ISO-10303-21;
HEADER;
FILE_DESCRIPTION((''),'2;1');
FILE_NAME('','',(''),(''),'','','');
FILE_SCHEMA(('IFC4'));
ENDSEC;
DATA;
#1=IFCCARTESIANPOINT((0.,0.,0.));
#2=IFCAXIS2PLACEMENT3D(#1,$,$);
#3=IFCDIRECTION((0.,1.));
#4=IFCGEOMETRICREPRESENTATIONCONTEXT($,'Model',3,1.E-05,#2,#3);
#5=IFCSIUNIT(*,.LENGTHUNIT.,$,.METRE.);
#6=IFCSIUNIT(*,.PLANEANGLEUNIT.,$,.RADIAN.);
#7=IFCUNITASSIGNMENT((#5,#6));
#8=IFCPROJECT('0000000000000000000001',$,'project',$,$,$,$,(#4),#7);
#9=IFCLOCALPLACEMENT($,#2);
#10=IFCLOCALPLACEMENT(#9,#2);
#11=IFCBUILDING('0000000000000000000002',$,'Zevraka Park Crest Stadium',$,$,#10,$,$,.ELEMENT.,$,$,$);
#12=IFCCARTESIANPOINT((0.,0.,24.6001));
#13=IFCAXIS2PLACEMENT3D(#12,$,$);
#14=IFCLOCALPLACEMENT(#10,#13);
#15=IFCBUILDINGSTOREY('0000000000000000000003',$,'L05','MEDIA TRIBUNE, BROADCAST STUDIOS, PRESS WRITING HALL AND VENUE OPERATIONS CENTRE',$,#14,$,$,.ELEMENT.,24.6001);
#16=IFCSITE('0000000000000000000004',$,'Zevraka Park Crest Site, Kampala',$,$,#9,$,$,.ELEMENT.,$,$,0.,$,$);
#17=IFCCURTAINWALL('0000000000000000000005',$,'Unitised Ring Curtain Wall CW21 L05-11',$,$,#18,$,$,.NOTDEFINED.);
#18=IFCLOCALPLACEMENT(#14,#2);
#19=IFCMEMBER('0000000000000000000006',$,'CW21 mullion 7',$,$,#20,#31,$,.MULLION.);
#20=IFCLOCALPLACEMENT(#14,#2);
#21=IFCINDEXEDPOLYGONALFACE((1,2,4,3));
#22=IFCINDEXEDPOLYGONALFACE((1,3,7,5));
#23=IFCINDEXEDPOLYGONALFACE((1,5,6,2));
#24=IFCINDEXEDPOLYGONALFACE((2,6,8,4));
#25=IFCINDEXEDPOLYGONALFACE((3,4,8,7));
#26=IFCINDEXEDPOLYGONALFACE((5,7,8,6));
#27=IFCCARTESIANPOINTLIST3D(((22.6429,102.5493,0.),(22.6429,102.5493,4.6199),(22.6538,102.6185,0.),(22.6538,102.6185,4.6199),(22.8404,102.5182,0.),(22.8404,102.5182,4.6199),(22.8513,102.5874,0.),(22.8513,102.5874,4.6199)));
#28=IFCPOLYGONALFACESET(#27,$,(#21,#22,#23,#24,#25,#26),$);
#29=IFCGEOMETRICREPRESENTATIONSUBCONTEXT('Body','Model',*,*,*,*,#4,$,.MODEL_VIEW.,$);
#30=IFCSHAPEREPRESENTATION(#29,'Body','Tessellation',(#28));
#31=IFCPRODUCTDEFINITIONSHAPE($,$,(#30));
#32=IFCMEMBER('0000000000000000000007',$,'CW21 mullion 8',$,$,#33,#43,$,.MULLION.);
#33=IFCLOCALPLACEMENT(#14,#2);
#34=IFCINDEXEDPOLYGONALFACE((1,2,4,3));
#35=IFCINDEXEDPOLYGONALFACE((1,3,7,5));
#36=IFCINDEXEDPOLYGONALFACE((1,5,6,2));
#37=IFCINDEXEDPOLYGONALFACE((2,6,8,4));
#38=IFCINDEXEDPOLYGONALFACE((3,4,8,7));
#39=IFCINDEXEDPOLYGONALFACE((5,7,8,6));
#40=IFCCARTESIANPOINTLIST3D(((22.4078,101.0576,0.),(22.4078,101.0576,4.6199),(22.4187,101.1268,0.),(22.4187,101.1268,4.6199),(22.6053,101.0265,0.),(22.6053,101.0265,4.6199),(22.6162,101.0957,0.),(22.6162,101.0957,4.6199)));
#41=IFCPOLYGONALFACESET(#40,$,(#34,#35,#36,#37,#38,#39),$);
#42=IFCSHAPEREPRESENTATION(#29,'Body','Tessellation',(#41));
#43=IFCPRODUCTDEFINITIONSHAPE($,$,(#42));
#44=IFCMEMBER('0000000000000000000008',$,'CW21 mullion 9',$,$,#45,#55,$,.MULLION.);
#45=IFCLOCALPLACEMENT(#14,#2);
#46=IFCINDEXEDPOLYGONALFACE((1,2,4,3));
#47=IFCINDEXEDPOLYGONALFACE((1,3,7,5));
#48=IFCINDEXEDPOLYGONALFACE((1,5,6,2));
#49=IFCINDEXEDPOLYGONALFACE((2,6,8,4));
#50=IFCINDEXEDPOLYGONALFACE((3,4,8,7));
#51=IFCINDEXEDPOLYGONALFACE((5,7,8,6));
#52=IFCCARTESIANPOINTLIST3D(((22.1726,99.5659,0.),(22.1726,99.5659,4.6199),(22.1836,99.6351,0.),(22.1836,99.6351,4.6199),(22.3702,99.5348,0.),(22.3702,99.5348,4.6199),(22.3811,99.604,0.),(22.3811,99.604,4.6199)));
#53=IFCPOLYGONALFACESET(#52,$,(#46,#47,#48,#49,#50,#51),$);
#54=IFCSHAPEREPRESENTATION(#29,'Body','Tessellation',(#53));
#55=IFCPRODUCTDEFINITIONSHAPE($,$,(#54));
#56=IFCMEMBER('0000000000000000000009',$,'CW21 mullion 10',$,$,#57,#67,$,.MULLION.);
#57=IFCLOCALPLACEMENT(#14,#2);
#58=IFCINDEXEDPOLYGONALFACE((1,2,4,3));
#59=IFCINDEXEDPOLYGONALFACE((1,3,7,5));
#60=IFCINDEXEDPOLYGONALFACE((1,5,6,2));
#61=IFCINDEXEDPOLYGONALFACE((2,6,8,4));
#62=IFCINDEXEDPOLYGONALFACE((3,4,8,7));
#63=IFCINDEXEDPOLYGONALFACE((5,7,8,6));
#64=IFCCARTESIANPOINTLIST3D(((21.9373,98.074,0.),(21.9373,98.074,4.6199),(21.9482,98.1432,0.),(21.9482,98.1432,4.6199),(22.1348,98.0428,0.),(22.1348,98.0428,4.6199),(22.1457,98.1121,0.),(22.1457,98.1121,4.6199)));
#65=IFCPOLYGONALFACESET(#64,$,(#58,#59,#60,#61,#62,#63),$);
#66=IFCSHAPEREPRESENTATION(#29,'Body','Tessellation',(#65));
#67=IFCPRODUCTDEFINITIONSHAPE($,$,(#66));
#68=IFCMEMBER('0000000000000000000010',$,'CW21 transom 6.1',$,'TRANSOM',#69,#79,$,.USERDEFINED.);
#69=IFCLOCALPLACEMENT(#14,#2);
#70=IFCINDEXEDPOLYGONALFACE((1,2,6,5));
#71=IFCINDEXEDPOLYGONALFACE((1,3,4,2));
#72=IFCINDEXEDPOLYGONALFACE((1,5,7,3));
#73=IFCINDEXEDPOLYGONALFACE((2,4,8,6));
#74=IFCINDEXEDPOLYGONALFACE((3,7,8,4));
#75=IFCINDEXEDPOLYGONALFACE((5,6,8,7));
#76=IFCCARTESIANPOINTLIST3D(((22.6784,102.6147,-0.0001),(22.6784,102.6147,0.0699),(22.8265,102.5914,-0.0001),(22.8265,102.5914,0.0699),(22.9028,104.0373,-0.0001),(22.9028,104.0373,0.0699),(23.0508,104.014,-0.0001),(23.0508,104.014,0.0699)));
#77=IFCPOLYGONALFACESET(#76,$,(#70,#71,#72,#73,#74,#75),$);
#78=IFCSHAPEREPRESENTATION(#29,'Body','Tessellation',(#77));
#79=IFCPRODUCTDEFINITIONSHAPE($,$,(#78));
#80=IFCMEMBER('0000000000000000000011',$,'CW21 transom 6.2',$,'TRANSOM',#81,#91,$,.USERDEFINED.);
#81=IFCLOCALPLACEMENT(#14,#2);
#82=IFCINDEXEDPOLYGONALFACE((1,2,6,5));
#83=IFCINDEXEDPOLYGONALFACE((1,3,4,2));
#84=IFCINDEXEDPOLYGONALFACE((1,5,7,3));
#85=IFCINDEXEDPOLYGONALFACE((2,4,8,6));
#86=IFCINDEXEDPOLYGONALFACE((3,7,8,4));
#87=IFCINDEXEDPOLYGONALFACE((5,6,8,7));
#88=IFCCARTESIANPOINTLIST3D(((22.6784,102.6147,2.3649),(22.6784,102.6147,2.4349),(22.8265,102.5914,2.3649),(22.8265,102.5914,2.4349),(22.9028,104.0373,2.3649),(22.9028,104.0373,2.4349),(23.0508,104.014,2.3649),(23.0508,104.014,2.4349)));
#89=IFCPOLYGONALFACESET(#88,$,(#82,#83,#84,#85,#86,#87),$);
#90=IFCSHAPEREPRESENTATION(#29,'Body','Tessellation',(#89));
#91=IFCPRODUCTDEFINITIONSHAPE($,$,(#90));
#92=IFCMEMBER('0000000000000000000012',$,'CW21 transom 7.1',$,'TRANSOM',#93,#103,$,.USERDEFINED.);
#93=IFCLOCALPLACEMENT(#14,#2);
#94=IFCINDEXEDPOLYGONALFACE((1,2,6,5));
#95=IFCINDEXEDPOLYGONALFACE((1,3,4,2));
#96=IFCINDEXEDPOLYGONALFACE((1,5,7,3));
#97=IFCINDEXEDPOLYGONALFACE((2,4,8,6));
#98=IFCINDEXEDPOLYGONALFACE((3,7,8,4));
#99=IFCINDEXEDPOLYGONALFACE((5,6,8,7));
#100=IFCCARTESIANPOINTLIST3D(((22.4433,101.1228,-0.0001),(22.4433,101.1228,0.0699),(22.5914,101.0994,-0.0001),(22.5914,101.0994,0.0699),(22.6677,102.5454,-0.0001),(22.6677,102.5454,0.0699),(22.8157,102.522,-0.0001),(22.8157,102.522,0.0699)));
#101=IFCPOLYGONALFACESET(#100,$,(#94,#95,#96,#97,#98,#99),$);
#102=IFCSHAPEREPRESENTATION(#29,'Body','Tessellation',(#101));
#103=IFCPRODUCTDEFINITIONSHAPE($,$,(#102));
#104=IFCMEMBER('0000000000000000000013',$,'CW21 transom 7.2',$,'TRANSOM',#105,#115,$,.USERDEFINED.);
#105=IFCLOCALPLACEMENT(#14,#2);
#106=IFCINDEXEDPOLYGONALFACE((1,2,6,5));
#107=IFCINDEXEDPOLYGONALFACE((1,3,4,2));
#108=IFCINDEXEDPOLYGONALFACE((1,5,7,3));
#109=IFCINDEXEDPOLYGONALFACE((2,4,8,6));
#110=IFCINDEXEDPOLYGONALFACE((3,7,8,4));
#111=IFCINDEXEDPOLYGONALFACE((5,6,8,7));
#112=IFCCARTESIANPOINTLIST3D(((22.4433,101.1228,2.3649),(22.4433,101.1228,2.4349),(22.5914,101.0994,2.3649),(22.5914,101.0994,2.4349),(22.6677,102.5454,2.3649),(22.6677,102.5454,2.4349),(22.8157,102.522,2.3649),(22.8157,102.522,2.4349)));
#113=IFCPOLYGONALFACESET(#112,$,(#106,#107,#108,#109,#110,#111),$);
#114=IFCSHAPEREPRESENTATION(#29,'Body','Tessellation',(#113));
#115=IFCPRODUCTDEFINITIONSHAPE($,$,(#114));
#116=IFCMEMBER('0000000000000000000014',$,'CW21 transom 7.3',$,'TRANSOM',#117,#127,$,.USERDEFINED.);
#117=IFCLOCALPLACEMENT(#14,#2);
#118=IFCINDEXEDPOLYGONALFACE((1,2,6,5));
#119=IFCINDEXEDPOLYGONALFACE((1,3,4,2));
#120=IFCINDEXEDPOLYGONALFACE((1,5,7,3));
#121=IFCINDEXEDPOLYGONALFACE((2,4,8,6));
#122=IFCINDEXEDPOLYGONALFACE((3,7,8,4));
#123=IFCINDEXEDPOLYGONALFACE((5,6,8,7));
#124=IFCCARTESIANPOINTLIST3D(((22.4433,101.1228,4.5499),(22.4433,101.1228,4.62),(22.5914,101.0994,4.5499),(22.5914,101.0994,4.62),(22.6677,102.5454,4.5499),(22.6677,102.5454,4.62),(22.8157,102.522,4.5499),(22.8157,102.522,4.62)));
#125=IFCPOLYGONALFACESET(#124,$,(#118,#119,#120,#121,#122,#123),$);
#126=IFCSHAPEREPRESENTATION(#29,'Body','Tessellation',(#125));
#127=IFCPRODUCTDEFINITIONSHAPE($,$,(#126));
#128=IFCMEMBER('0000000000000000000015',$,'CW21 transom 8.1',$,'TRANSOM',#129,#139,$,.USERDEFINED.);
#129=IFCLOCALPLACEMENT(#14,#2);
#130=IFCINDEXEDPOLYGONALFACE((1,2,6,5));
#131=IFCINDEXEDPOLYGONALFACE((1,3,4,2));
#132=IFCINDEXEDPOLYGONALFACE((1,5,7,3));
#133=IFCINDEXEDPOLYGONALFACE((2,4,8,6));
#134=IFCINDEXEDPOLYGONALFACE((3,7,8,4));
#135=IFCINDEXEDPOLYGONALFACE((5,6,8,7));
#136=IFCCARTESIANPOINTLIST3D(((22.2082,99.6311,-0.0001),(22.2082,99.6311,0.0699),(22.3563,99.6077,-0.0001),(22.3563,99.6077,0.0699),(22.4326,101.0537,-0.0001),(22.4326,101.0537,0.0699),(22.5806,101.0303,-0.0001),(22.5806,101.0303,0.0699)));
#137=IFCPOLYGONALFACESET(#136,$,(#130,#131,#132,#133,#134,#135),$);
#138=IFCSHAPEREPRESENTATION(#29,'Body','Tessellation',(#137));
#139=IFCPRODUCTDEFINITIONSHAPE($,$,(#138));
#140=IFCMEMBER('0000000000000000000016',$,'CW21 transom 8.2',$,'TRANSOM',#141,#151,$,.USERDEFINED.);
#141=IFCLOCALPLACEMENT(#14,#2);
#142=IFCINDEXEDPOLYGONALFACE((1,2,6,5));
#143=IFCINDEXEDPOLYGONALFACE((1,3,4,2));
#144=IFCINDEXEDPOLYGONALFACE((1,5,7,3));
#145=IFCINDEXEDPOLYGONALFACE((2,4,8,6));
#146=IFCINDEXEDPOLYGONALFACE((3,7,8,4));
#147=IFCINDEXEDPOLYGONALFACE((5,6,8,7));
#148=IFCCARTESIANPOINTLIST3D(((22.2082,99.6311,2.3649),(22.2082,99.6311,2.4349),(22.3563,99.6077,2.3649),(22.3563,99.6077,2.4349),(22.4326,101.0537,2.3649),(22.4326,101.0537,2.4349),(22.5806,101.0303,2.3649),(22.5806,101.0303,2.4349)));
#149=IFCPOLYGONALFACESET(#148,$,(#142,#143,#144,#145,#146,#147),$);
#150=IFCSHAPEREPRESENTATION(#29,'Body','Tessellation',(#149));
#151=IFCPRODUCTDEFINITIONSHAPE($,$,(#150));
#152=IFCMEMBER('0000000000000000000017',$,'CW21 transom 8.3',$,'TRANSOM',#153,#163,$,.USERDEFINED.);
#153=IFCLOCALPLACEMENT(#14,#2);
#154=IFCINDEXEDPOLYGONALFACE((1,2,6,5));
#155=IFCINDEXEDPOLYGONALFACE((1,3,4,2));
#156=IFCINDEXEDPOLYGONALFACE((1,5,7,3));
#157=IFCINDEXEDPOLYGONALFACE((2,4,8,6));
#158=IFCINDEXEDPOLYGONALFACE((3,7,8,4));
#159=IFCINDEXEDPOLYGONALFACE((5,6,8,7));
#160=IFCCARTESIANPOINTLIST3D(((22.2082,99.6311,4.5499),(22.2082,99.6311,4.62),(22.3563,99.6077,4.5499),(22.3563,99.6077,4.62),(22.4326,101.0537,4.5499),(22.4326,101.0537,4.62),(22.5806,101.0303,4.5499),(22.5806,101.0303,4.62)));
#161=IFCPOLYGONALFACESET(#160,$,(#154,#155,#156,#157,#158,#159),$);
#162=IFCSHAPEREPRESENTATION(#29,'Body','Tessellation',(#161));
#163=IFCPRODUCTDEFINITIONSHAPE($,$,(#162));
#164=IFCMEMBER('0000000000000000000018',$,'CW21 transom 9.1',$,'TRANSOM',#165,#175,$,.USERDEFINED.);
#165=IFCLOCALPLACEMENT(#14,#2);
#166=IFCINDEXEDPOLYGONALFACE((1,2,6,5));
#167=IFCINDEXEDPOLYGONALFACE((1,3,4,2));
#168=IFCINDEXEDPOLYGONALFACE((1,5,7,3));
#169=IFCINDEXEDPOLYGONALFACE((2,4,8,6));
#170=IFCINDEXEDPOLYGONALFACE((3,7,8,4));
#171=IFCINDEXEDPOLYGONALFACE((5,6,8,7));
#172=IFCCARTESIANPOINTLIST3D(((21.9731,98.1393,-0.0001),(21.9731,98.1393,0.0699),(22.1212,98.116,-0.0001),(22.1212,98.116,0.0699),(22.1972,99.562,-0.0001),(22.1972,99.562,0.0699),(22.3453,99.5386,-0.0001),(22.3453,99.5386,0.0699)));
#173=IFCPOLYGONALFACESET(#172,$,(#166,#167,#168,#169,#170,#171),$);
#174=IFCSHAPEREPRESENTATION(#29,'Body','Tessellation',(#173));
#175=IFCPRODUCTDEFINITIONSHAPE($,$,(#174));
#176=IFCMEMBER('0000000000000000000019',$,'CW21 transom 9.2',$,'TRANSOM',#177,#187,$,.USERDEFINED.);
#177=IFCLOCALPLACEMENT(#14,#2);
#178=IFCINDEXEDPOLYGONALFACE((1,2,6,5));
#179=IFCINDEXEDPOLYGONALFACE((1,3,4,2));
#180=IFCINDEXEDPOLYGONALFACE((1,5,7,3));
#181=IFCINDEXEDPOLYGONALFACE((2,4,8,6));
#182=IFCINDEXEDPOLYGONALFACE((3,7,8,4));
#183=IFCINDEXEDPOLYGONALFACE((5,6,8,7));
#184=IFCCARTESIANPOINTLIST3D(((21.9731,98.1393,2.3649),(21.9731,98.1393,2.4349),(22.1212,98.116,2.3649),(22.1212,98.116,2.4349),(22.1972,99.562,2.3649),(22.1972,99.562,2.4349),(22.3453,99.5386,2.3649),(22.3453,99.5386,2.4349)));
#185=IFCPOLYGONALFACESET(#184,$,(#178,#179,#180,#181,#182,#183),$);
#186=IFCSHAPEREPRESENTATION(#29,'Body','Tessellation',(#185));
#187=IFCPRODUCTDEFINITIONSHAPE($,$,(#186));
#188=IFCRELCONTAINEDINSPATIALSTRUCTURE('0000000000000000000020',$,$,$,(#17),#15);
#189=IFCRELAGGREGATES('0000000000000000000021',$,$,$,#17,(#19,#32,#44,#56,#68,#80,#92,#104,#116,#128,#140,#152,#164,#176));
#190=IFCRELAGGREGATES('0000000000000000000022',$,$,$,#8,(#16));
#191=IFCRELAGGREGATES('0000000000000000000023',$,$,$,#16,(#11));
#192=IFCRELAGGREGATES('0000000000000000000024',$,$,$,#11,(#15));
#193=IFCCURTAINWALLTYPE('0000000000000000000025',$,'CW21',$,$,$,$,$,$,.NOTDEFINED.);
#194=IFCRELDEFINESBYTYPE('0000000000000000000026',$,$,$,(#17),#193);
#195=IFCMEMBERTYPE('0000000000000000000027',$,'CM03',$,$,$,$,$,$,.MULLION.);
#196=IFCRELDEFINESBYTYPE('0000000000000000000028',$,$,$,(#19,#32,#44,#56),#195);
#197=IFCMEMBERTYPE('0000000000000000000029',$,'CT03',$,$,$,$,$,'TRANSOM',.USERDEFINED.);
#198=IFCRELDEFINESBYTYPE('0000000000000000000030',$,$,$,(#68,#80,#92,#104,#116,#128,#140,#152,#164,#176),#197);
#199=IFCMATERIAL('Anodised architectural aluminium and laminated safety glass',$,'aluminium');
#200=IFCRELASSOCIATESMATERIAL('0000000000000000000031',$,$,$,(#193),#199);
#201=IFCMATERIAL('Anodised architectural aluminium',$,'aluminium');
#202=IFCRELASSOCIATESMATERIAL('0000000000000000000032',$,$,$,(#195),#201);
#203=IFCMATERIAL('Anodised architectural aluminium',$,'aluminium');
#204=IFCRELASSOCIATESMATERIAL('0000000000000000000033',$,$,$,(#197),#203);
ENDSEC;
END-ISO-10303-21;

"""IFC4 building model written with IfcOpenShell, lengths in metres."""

from ifc_helpers import new_model, si_unit, direction, frame, origin, origin_2d, place, context, subcontext, project, spatial, rectangle, extrude, material, material_profile, profile_set, type_object, element, aggregate, save


model = new_model("IFC4")

# Units and contexts
model_context = context("Model", 3, precision=1e-05, world=origin(), true_north=direction((0.0, 1.0)))
body_context = subcontext(model_context, "Body", "Model", "MODEL_VIEW")
ifc_project = project(units=[si_unit("LENGTHUNIT", "METRE"), si_unit("PLANEANGLEUNIT", "RADIAN")], contexts=[model_context])

# Site, building, storey
site_placement = place(None, origin())
site = spatial("IfcSite", under=ifc_project, at=site_placement, Name="Zevraka Park Crest Site, Kampala", CompositionType="ELEMENT", RefElevation=0.0)
building_placement = place(site_placement, origin())
building = spatial("IfcBuilding", under=site, at=building_placement, Name="Zevraka Park Crest Stadium", CompositionType="ELEMENT")
storey_placement = place(building_placement, frame((0.0, 0.0, 24.6001)))
storey = spatial("IfcBuildingStorey", under=building, at=storey_placement, Name="L05", Description="MEDIA TRIBUNE, BROADCAST STUDIOS, PRESS WRITING HALL AND VENUE OPERATIONS CENTRE", CompositionType="ELEMENT", Elevation=24.6001)

# Curtain wall, members
ifc_material_1 = material(Name="Anodised architectural aluminium and laminated safety glass", Category="aluminium")
curtain_wall_type = type_object("IfcCurtainWallType", Name="CW21", PredefinedType="NOTDEFINED", material=ifc_material_1)
curtain_wall_placement = place(storey_placement, origin())
curtain_wall = element("IfcCurtainWall", 1, at=curtain_wall_placement, inside=storey, type_object=curtain_wall_type, Name="Unitised Ring Curtain Wall CW21 L05-11", PredefinedType="NOTDEFINED")
ifc_material_2 = material(Name="Anodised architectural aluminium", Category="aluminium")
ifc_material_profile_1 = material_profile(ifc_material_2, rectangle(XDim=0.2, YDim=0.0701, at=origin_2d()), Name="ALU MULLION 200x70")
ifc_profile_set_1 = profile_set([ifc_material_profile_1], Name="Anodised architectural aluminium")
member_type_1 = type_object("IfcMemberType", Name="CM03", PredefinedType="MULLION", material=ifc_profile_set_1)
member_1_placement = place(storey_placement, frame((22.7471, 102.5684, 0.0), z_axis=(0.0, 0.0, 1.0), x_axis=(0.987803, -0.155711, 0.0)))
member_1 = element("IfcMember", 2, at=member_1_placement, type_object=member_type_1, Name="CW21 mullion 7", PredefinedType="MULLION", context=body_context, shape_type="SweptSolid", body=[
    extrude(rectangle(XDim=0.2, YDim=0.0701, at=origin_2d()), origin(), (0.0, 0.0, 1.0), 4.6199),
])
member_2_placement = place(storey_placement, frame((22.512, 101.0767, 0.0), z_axis=(0.0, 0.0, 1.0), x_axis=(0.987803, -0.155711, 0.0)))
member_2 = element("IfcMember", 3, at=member_2_placement, type_object=member_type_1, Name="CW21 mullion 8", PredefinedType="MULLION", context=body_context, shape_type="SweptSolid", body=[
    extrude(rectangle(XDim=0.2, YDim=0.0701, at=origin_2d()), origin(), (0.0, 0.0, 1.0), 4.6199),
])
member_3_placement = place(storey_placement, frame((22.2769, 99.585, 0.0), z_axis=(0.0, 0.0, 1.0), x_axis=(0.987803, -0.155711, 0.0)))
member_3 = element("IfcMember", 4, at=member_3_placement, type_object=member_type_1, Name="CW21 mullion 9", PredefinedType="MULLION", context=body_context, shape_type="SweptSolid", body=[
    extrude(rectangle(XDim=0.2, YDim=0.0701, at=origin_2d()), origin(), (0.0, 0.0, 1.0), 4.6199),
])
member_4_placement = place(storey_placement, frame((22.0415, 98.093, 0.0), z_axis=(0.0, 0.0, 1.0), x_axis=(0.987803, -0.155711, 0.0)))
member_4 = element("IfcMember", 5, at=member_4_placement, type_object=member_type_1, Name="CW21 mullion 10", PredefinedType="MULLION", context=body_context, shape_type="SweptSolid", body=[
    extrude(rectangle(XDim=0.2, YDim=0.0701, at=origin_2d()), origin(), (0.0, 0.0, 1.0), 4.6199),
])
ifc_material_3 = material(Name="Anodised architectural aluminium", Category="aluminium")
ifc_material_profile_2 = material_profile(ifc_material_3, rectangle(XDim=0.1499, YDim=0.0701, at=origin_2d()), Name="ALU TRANSOM 150x70")
ifc_profile_set_2 = profile_set([ifc_material_profile_2], Name="Anodised architectural aluminium")
member_type_2 = type_object("IfcMemberType", Name="CT03", ElementType="TRANSOM", PredefinedType="USERDEFINED", material=ifc_profile_set_2)
member_5_placement = place(storey_placement, frame((22.9768, 104.0256, 0.0349), z_axis=(-0.155788, -0.98779, 0.0), x_axis=(0.98779, -0.155788, 0.0)))
member_5 = element("IfcMember", 6, at=member_5_placement, type_object=member_type_2, Name="CW21 transom 6.1", ObjectType="TRANSOM", PredefinedType="USERDEFINED", context=body_context, shape_type="SweptSolid", body=[
    extrude(rectangle(XDim=0.1499, YDim=0.0701, at=origin_2d()), origin(), (0.0, 0.0, 1.0), 1.4402),
])
member_6_placement = place(storey_placement, frame((22.9768, 104.0256, 2.3999), z_axis=(-0.155788, -0.98779, 0.0), x_axis=(0.98779, -0.155788, 0.0)))
member_6 = element("IfcMember", 7, at=member_6_placement, type_object=member_type_2, Name="CW21 transom 6.2", ObjectType="TRANSOM", PredefinedType="USERDEFINED", context=body_context, shape_type="SweptSolid", body=[
    extrude(rectangle(XDim=0.1499, YDim=0.0701, at=origin_2d()), origin(), (0.0, 0.0, 1.0), 1.4402),
])
member_7_placement = place(storey_placement, frame((22.7417, 102.5337, 0.0349), z_axis=(-0.155788, -0.98779, 0.0), x_axis=(0.98779, -0.155788, 0.0)))
member_7 = element("IfcMember", 8, at=member_7_placement, type_object=member_type_2, Name="CW21 transom 7.1", ObjectType="TRANSOM", PredefinedType="USERDEFINED", context=body_context, shape_type="SweptSolid", body=[
    extrude(rectangle(XDim=0.1499, YDim=0.0701, at=origin_2d()), origin(), (0.0, 0.0, 1.0), 1.4402),
])
member_8_placement = place(storey_placement, frame((22.7417, 102.5337, 2.3999), z_axis=(-0.155788, -0.98779, 0.0), x_axis=(0.98779, -0.155788, 0.0)))
member_8 = element("IfcMember", 9, at=member_8_placement, type_object=member_type_2, Name="CW21 transom 7.2", ObjectType="TRANSOM", PredefinedType="USERDEFINED", context=body_context, shape_type="SweptSolid", body=[
    extrude(rectangle(XDim=0.1499, YDim=0.0701, at=origin_2d()), origin(), (0.0, 0.0, 1.0), 1.4402),
])
member_9_placement = place(storey_placement, frame((22.7417, 102.5337, 4.585), z_axis=(-0.155788, -0.98779, 0.0), x_axis=(0.98779, -0.155788, 0.0)))
member_9 = element("IfcMember", 10, at=member_9_placement, type_object=member_type_2, Name="CW21 transom 7.3", ObjectType="TRANSOM", PredefinedType="USERDEFINED", context=body_context, shape_type="SweptSolid", body=[
    extrude(rectangle(XDim=0.1499, YDim=0.0701, at=origin_2d()), origin(), (0.0, 0.0, 1.0), 1.4402),
])
member_10_placement = place(storey_placement, frame((22.5066, 101.042, 0.0349), z_axis=(-0.155788, -0.98779, 0.0), x_axis=(0.98779, -0.155788, 0.0)))
member_10 = element("IfcMember", 11, at=member_10_placement, type_object=member_type_2, Name="CW21 transom 8.1", ObjectType="TRANSOM", PredefinedType="USERDEFINED", context=body_context, shape_type="SweptSolid", body=[
    extrude(rectangle(XDim=0.1499, YDim=0.0701, at=origin_2d()), origin(), (0.0, 0.0, 1.0), 1.4402),
])
member_11_placement = place(storey_placement, frame((22.5066, 101.042, 2.3999), z_axis=(-0.155788, -0.98779, 0.0), x_axis=(0.98779, -0.155788, 0.0)))
member_11 = element("IfcMember", 12, at=member_11_placement, type_object=member_type_2, Name="CW21 transom 8.2", ObjectType="TRANSOM", PredefinedType="USERDEFINED", context=body_context, shape_type="SweptSolid", body=[
    extrude(rectangle(XDim=0.1499, YDim=0.0701, at=origin_2d()), origin(), (0.0, 0.0, 1.0), 1.4402),
])
member_12_placement = place(storey_placement, frame((22.5066, 101.042, 4.585), z_axis=(-0.155788, -0.98779, 0.0), x_axis=(0.98779, -0.155788, 0.0)))
member_12 = element("IfcMember", 13, at=member_12_placement, type_object=member_type_2, Name="CW21 transom 8.3", ObjectType="TRANSOM", PredefinedType="USERDEFINED", context=body_context, shape_type="SweptSolid", body=[
    extrude(rectangle(XDim=0.1499, YDim=0.0701, at=origin_2d()), origin(), (0.0, 0.0, 1.0), 1.4402),
])
member_13_placement = place(storey_placement, frame((22.2712, 99.5503, 0.0349), z_axis=(-0.155623, -0.987817, 0.0), x_axis=(0.987817, -0.155623, 0.0)))
member_13 = element("IfcMember", 14, at=member_13_placement, type_object=member_type_2, Name="CW21 transom 9.1", ObjectType="TRANSOM", PredefinedType="USERDEFINED", context=body_context, shape_type="SweptSolid", body=[
    extrude(rectangle(XDim=0.1499, YDim=0.0701, at=origin_2d()), origin(), (0.0, 0.0, 1.0), 1.4402),
])
member_14_placement = place(storey_placement, frame((22.2712, 99.5503, 2.3999), z_axis=(-0.155623, -0.987817, 0.0), x_axis=(0.987817, -0.155623, 0.0)))
member_14 = element("IfcMember", 15, at=member_14_placement, type_object=member_type_2, Name="CW21 transom 9.2", ObjectType="TRANSOM", PredefinedType="USERDEFINED", context=body_context, shape_type="SweptSolid", body=[
    extrude(rectangle(XDim=0.1499, YDim=0.0701, at=origin_2d()), origin(), (0.0, 0.0, 1.0), 1.4402),
])
aggregate(curtain_wall, [member_1, member_2, member_3, member_4, member_5, member_6, member_7, member_8, member_9, member_10, member_11, member_12, member_13, member_14])

save(model, "model.ifc")
